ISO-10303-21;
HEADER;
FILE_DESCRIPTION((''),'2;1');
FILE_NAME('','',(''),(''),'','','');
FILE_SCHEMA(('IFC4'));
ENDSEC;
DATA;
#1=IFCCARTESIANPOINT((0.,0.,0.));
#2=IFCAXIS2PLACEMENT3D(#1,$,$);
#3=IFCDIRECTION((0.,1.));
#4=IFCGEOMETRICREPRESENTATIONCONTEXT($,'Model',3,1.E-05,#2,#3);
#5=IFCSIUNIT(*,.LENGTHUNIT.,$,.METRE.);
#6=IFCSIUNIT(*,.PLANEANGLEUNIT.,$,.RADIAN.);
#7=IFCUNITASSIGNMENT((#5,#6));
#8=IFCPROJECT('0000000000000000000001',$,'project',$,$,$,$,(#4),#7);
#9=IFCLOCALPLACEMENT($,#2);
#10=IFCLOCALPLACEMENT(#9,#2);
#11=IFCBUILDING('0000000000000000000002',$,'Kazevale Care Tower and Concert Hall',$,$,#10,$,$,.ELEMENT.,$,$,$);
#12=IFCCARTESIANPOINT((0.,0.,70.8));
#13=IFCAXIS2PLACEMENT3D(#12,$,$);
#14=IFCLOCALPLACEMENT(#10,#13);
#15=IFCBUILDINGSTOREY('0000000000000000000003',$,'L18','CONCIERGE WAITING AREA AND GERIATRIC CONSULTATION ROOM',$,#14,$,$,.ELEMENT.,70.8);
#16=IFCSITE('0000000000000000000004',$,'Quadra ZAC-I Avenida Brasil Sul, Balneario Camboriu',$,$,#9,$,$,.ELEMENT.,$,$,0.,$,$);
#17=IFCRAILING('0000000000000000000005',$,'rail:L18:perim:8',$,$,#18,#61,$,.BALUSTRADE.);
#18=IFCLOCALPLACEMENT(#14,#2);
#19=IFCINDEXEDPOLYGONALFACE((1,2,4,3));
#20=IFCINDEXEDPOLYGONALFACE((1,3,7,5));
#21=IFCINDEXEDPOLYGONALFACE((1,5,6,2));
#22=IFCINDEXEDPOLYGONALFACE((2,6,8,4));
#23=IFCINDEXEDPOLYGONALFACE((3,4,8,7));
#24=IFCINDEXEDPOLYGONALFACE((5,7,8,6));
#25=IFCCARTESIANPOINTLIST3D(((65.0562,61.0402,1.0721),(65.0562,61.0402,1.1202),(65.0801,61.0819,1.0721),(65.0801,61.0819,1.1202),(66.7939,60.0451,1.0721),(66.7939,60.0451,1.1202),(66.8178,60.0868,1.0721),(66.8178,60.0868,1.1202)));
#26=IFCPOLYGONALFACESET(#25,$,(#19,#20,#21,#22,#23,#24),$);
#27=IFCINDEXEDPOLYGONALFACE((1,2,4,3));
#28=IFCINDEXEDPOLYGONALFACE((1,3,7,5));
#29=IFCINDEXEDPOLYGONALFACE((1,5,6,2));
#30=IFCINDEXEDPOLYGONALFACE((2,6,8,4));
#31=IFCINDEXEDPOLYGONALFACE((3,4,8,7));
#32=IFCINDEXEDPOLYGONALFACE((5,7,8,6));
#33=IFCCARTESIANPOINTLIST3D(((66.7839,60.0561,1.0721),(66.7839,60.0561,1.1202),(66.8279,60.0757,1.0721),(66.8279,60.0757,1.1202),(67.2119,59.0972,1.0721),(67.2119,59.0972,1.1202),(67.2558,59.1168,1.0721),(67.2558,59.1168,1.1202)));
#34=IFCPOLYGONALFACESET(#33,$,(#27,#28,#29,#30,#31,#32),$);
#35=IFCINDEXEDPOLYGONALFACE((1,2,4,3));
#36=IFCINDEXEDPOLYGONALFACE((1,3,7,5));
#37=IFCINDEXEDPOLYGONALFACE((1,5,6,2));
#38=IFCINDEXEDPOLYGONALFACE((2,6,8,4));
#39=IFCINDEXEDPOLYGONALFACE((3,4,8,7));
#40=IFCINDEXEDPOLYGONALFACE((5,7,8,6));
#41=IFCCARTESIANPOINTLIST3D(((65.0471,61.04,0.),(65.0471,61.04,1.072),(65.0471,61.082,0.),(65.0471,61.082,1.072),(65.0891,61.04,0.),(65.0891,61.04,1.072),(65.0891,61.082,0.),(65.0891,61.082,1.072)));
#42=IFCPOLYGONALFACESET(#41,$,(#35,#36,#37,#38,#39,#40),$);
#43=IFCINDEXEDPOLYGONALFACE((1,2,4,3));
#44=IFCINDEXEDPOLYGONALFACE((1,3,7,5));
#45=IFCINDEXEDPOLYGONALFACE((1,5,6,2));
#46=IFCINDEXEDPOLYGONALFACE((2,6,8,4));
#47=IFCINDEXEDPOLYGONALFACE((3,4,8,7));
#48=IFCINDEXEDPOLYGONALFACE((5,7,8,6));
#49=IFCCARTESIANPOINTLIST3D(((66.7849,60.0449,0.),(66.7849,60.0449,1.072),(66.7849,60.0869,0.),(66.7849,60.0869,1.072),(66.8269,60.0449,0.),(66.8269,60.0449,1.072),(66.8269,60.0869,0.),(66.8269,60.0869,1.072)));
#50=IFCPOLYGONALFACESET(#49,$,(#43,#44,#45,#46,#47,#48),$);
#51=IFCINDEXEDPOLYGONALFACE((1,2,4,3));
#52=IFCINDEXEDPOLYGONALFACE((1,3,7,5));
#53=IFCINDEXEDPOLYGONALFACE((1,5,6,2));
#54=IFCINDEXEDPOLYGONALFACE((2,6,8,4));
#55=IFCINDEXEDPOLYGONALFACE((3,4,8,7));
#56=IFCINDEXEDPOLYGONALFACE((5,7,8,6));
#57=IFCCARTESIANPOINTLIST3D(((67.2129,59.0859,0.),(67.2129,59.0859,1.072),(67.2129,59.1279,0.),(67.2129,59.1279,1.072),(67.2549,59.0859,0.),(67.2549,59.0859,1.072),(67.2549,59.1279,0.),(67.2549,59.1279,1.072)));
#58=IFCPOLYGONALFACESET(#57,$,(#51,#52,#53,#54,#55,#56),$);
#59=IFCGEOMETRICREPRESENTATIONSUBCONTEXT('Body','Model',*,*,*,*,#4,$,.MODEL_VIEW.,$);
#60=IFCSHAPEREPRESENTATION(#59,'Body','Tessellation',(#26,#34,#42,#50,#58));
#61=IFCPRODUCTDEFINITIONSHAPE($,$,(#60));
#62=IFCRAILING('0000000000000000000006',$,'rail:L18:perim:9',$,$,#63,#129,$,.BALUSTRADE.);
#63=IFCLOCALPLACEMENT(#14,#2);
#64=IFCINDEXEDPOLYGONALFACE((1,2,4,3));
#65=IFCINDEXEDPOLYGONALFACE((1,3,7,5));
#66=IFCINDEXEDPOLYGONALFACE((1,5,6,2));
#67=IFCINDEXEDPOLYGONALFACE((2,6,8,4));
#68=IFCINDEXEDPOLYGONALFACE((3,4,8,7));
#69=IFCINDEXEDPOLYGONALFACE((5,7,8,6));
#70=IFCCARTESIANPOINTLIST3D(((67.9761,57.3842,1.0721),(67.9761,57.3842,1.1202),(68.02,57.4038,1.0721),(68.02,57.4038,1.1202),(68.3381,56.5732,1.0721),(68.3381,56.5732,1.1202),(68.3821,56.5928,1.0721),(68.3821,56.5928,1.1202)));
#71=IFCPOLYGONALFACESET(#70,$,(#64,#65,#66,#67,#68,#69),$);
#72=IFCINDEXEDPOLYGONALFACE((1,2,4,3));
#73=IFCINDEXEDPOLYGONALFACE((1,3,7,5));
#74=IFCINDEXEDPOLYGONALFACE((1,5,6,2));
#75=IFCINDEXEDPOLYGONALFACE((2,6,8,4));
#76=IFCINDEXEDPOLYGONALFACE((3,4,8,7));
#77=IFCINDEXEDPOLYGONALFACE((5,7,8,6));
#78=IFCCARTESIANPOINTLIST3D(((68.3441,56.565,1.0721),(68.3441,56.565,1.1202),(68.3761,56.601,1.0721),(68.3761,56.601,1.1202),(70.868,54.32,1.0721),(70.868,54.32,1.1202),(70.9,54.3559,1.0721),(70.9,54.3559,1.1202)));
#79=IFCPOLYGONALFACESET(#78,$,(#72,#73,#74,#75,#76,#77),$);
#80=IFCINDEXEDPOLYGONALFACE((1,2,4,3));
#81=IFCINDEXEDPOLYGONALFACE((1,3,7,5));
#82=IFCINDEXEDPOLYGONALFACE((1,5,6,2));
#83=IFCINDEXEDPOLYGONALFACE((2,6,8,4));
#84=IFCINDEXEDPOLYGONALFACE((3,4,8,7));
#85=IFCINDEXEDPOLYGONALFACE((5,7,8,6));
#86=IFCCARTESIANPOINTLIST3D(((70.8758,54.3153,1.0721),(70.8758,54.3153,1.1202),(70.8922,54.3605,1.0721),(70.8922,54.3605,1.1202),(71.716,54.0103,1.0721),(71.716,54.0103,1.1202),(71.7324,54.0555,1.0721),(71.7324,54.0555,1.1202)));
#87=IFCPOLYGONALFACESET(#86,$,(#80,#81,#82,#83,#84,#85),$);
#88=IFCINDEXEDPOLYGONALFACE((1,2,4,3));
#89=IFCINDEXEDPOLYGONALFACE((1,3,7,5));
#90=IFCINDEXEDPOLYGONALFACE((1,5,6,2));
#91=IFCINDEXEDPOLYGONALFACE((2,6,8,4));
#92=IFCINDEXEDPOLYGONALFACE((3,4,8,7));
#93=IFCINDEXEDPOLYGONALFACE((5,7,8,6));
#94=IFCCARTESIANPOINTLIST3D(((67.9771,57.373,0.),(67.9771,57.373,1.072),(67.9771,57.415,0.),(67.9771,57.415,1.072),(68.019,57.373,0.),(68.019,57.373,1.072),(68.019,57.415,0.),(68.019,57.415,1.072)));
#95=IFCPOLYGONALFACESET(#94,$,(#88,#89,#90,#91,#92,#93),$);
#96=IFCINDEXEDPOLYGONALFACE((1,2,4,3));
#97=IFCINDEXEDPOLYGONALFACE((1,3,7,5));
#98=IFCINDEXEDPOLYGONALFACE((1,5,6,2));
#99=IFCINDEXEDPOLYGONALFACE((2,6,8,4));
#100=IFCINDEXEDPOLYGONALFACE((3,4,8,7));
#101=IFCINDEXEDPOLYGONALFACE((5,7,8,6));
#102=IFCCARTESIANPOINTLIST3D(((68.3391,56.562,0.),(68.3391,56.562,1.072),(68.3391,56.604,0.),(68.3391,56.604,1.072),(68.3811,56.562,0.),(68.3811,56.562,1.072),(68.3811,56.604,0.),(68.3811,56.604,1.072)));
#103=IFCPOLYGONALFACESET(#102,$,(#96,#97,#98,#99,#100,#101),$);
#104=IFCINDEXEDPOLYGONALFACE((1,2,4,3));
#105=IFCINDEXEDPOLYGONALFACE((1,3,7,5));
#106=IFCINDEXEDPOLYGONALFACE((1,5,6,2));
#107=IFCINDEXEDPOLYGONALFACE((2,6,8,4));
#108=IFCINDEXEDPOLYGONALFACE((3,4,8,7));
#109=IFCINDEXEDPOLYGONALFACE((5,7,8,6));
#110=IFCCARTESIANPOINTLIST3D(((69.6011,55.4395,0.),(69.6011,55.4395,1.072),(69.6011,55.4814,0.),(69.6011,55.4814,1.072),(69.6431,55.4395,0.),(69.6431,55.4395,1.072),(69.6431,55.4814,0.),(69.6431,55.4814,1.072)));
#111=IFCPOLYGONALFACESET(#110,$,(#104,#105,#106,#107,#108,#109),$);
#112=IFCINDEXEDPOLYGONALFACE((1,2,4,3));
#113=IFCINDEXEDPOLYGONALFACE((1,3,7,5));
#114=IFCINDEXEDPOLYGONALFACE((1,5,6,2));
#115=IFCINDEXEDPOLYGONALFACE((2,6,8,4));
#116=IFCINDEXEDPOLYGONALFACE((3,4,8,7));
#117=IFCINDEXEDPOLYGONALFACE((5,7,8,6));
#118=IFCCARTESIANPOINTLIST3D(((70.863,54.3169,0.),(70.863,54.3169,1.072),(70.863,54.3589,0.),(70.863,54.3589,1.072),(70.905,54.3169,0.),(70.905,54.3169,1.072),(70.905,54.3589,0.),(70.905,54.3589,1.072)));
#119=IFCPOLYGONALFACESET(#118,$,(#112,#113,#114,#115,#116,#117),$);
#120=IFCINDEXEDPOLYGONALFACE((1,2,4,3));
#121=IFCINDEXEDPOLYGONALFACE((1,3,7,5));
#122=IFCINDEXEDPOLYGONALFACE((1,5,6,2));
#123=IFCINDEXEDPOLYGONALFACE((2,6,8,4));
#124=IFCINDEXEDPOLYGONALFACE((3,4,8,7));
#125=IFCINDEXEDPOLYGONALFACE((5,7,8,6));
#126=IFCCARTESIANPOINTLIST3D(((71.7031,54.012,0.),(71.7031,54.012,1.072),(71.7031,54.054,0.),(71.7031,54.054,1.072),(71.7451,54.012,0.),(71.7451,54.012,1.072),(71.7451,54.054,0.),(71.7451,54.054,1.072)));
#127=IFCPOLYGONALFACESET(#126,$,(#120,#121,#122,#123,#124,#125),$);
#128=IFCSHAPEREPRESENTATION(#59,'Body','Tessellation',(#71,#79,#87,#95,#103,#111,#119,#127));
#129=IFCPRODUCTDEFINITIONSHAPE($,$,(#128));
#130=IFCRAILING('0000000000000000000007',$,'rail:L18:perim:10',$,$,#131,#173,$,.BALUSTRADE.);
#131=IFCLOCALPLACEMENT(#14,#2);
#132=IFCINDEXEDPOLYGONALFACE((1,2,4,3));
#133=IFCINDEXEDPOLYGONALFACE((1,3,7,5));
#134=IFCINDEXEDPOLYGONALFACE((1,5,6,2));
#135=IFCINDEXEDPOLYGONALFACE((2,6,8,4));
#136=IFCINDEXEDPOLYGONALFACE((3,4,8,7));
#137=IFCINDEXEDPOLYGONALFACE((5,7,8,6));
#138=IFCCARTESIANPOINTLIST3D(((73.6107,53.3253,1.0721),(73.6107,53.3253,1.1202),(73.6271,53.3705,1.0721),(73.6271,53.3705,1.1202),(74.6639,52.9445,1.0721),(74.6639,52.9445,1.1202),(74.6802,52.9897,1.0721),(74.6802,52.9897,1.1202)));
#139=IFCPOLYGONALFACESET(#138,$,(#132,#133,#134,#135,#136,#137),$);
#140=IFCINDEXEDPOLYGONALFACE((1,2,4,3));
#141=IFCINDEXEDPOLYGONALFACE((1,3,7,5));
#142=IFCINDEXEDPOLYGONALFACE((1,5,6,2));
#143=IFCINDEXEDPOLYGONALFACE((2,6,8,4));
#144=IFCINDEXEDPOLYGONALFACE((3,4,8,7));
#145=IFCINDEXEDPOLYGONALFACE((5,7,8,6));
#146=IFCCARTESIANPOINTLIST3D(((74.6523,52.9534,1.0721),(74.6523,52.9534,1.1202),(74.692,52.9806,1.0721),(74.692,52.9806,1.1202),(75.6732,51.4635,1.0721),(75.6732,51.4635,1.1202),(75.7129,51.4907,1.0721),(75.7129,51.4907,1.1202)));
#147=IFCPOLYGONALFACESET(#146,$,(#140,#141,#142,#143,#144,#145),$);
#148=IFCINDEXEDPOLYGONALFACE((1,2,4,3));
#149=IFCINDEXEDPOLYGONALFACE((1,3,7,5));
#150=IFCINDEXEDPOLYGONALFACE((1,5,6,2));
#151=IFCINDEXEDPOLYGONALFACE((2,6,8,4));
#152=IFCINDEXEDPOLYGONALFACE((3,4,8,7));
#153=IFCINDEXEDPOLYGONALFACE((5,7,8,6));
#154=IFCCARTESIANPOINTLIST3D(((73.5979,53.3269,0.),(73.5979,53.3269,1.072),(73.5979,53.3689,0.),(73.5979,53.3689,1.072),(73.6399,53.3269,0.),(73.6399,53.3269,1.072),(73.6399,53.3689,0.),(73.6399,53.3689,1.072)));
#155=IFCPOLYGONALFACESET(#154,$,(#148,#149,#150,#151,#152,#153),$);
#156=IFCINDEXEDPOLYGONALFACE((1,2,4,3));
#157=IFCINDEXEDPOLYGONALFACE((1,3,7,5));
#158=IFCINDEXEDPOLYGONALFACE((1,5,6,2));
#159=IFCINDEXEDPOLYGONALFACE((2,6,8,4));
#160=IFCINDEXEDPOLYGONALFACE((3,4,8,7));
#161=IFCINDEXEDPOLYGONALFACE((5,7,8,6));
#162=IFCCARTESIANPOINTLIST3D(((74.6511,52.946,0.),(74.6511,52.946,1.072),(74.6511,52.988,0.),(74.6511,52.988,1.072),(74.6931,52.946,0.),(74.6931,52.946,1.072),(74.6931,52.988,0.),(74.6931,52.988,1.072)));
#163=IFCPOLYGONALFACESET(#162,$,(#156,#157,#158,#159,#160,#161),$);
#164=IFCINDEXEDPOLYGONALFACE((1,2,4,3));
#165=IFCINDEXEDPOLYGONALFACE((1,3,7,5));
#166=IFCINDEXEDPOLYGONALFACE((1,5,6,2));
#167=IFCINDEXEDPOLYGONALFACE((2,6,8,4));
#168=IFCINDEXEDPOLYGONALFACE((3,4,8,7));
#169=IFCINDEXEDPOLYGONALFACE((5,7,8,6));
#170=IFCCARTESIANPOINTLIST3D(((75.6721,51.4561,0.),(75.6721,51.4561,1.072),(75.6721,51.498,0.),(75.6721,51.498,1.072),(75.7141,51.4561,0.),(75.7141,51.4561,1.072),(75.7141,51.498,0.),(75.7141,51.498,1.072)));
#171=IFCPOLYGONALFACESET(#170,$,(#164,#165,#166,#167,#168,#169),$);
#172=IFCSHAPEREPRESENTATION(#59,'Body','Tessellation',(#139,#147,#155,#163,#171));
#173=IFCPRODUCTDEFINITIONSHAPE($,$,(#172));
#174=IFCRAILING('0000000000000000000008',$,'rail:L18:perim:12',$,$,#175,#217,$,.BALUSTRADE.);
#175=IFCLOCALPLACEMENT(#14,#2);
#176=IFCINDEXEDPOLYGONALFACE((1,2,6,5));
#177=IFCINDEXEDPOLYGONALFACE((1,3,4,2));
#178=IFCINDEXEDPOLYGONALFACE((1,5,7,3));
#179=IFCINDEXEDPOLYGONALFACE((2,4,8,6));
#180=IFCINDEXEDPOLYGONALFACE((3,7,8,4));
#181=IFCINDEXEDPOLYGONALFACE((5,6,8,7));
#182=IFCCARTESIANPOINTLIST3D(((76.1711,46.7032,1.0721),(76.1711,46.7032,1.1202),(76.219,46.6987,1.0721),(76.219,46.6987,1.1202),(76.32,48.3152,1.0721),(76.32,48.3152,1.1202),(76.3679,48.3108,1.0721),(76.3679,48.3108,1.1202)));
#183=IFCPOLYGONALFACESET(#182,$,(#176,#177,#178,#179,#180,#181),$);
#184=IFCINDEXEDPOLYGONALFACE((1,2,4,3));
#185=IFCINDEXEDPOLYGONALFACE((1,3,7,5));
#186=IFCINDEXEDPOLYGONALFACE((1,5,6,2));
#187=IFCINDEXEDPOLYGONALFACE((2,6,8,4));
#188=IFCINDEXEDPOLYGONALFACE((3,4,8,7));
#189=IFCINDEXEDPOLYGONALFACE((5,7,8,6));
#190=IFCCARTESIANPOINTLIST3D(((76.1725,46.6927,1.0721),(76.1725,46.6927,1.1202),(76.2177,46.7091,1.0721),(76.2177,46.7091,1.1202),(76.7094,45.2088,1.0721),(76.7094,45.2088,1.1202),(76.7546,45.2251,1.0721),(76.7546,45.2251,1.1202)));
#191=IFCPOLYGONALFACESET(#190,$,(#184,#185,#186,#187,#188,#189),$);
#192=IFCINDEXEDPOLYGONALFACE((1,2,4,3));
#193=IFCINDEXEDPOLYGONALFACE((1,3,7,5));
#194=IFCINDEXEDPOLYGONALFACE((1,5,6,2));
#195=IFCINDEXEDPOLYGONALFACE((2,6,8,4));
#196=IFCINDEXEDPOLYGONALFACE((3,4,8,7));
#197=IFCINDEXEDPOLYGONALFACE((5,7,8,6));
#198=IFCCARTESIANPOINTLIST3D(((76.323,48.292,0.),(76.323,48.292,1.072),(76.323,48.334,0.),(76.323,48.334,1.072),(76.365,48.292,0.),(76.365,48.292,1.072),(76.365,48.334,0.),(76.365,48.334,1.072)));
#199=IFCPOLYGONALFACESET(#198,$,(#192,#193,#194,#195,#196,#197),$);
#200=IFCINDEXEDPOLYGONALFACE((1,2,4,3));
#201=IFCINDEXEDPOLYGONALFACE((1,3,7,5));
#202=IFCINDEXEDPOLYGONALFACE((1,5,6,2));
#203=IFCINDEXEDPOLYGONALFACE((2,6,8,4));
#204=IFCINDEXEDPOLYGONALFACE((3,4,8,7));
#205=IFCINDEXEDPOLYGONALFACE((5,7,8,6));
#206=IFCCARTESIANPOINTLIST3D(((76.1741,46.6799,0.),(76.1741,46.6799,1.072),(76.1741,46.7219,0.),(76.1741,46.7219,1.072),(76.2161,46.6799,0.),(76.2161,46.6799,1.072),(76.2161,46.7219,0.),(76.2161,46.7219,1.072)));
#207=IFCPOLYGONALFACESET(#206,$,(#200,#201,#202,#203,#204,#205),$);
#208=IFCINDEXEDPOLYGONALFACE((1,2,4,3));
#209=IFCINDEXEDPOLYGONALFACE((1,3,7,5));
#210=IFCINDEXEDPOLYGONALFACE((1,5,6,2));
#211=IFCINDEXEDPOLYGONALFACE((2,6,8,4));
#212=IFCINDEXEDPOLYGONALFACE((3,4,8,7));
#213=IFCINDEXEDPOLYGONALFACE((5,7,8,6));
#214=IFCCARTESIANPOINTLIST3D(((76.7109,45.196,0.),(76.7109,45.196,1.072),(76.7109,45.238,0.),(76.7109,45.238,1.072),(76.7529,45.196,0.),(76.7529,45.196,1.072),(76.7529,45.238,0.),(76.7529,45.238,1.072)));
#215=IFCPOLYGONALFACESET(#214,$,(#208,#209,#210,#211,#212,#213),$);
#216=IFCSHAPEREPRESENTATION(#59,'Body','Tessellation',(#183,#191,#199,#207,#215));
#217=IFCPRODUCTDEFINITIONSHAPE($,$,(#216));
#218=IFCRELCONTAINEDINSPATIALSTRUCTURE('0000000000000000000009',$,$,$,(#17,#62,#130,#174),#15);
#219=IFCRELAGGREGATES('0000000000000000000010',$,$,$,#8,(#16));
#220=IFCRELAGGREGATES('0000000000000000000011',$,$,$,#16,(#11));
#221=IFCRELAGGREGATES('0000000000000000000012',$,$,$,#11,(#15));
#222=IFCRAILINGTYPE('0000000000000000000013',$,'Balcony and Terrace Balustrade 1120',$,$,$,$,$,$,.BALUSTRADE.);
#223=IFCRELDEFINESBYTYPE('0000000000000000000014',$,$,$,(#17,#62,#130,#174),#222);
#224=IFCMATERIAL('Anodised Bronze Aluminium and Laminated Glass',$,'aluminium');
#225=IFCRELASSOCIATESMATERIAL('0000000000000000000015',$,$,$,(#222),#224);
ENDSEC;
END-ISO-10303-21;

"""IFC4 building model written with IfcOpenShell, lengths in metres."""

from ifc_helpers import new_model, si_unit, direction, frame, origin, origin_2d, place, context, subcontext, project, spatial, rectangle, extrude, material, type_object, element, save


model = new_model("IFC4")

# Units and contexts
model_context = context("Model", 3, precision=1e-05, world=origin(), true_north=direction((0.0, 1.0)))
body_context = subcontext(model_context, "Body", "Model", "MODEL_VIEW")
ifc_project = project(units=[si_unit("LENGTHUNIT", "METRE"), si_unit("PLANEANGLEUNIT", "RADIAN")], contexts=[model_context])

# Site, building, storey
site_placement = place(None, origin())
site = spatial("IfcSite", under=ifc_project, at=site_placement, Name="Quadra ZAC-I Avenida Brasil Sul, Balneario Camboriu", CompositionType="ELEMENT", RefElevation=0.0)
building_placement = place(site_placement, origin())
building = spatial("IfcBuilding", under=site, at=building_placement, Name="Kazevale Care Tower and Concert Hall", CompositionType="ELEMENT")
storey_placement = place(building_placement, frame((0.0, 0.0, 70.8)))
storey = spatial("IfcBuildingStorey", under=building, at=storey_placement, Name="L18", Description="CONCIERGE WAITING AREA AND GERIATRIC CONSULTATION ROOM", CompositionType="ELEMENT", Elevation=70.8)

# Railings
ifc_material_1 = material(Name="Anodised Bronze Aluminium and Laminated Glass", Category="aluminium")
railing_type = type_object("IfcRailingType", Name="Balcony and Terrace Balustrade 1120", PredefinedType="BALUSTRADE", material=ifc_material_1)
railing_1_placement = place(storey_placement, frame((65.0681, 61.061, 0.0)))
element("IfcRailing", 1, at=railing_1_placement, inside=storey, type_object=railing_type, Name="rail:L18:perim:8", PredefinedType="BALUSTRADE", context=body_context, shape_type="SweptSolid", body=[
    extrude(rectangle(XDim=0.0481, YDim=0.0481, at=origin_2d()), frame((0.0, 0.0, 1.0962), z_axis=(0.867793, -0.496926, 0.0), x_axis=(0.496926, 0.867793, 0.0)), (0.0, 0.0, 1.0), 2.0024),
    extrude(rectangle(XDim=0.0481, YDim=0.0481, at=origin_2d()), frame((1.7378, -0.9951, 1.0962), z_axis=(0.40754, -0.913187, 0.0), x_axis=(0.913187, 0.40754, 0.0)), (0.0, 0.0, 1.0), 1.05),
    extrude(rectangle(XDim=0.042, YDim=0.042, at=origin_2d()), origin(), (0.0, 0.0, 1.0), 1.072),
    extrude(rectangle(XDim=0.042, YDim=0.042, at=origin_2d()), frame((1.7378, -0.9951, 0.0)), (0.0, 0.0, 1.0), 1.072),
    extrude(rectangle(XDim=0.042, YDim=0.042, at=origin_2d()), frame((2.1658, -1.9541, 0.0)), (0.0, 0.0, 1.0), 1.072),
])
railing_2_placement = place(storey_placement, frame((67.998, 57.394, 0.0)))
element("IfcRailing", 2, at=railing_2_placement, inside=storey, type_object=railing_type, Name="rail:L18:perim:9", PredefinedType="BALUSTRADE", context=body_context, shape_type="SweptSolid", body=[
    extrude(rectangle(XDim=0.0481, YDim=0.0481, at=origin_2d()), frame((0.0, 0.0, 1.0962), z_axis=(0.407643, -0.913142, 0.0), x_axis=(0.913142, 0.407643, 0.0)), (0.0, 0.0, 1.0), 0.8882),
    extrude(rectangle(XDim=0.0481, YDim=0.0481, at=origin_2d()), frame((0.3621, -0.811, 1.0962), z_axis=(0.74717, -0.664633, 0.0), x_axis=(0.664633, 0.74717, 0.0)), (0.0, 0.0, 1.0), 3.3779),
    extrude(rectangle(XDim=0.0481, YDim=0.0481, at=origin_2d()), frame((2.886, -3.0562, 1.0962), z_axis=(0.939993, -0.341195, 0.0), x_axis=(0.341195, 0.939993, 0.0)), (0.0, 0.0, 1.0), 0.8938),
    extrude(rectangle(XDim=0.042, YDim=0.042, at=origin_2d()), origin(), (0.0, 0.0, 1.0), 1.072),
    extrude(rectangle(XDim=0.042, YDim=0.042, at=origin_2d()), frame((0.3621, -0.811, 0.0)), (0.0, 0.0, 1.0), 1.072),
    extrude(rectangle(XDim=0.042, YDim=0.042, at=origin_2d()), frame((1.624, -1.9336, 0.0)), (0.0, 0.0, 1.0), 1.072),
    extrude(rectangle(XDim=0.042, YDim=0.042, at=origin_2d()), frame((2.886, -3.0562, 0.0)), (0.0, 0.0, 1.0), 1.072),
    extrude(rectangle(XDim=0.042, YDim=0.042, at=origin_2d()), frame((3.7261, -3.3611, 0.0)), (0.0, 0.0, 1.0), 1.072),
])
railing_3_placement = place(storey_placement, frame((73.6189, 53.3479, 0.0)))
element("IfcRailing", 3, at=railing_3_placement, inside=storey, type_object=railing_type, Name="rail:L18:perim:10", PredefinedType="BALUSTRADE", context=body_context, shape_type="SweptSolid", body=[
    extrude(rectangle(XDim=0.0481, YDim=0.0481, at=origin_2d()), frame((0.0, 0.0, 1.0962), z_axis=(0.940403, -0.340062, 0.0), x_axis=(0.340062, 0.940403, 0.0)), (0.0, 0.0, 1.0), 1.1199),
    extrude(rectangle(XDim=0.0481, YDim=0.0481, at=origin_2d()), frame((1.0532, -0.3809, 1.0962), z_axis=(0.56526, -0.824913, 0.0), x_axis=(0.824913, 0.56526, 0.0)), (0.0, 0.0, 1.0), 1.8062),
    extrude(rectangle(XDim=0.042, YDim=0.042, at=origin_2d()), origin(), (0.0, 0.0, 1.0), 1.072),
    extrude(rectangle(XDim=0.042, YDim=0.042, at=origin_2d()), frame((1.0532, -0.3809, 0.0)), (0.0, 0.0, 1.0), 1.072),
    extrude(rectangle(XDim=0.042, YDim=0.042, at=origin_2d()), frame((2.0742, -1.8708, 0.0)), (0.0, 0.0, 1.0), 1.072),
])
railing_4_placement = place(storey_placement, frame((76.344, 48.313, 0.0)))
element("IfcRailing", 4, at=railing_4_placement, inside=storey, type_object=railing_type, Name="rail:L18:perim:12", PredefinedType="BALUSTRADE", context=body_context, shape_type="SweptSolid", body=[
    extrude(rectangle(XDim=0.0481, YDim=0.0481, at=origin_2d()), frame((0.0, 0.0, 1.0962), z_axis=(-0.091991, -0.99576, 0.0), x_axis=(0.99576, -0.091991, 0.0)), (0.0, 0.0, 1.0), 1.6189),
    extrude(rectangle(XDim=0.0481, YDim=0.0481, at=origin_2d()), frame((-0.1489, -1.6121, 1.0962), z_axis=(0.340215, -0.940348, 0.0), x_axis=(0.940348, 0.340215, 0.0)), (0.0, 0.0, 1.0), 1.5781),
    extrude(rectangle(XDim=0.042, YDim=0.042, at=origin_2d()), origin(), (0.0, 0.0, 1.0), 1.072),
    extrude(rectangle(XDim=0.042, YDim=0.042, at=origin_2d()), frame((-0.1489, -1.6121, 0.0)), (0.0, 0.0, 1.0), 1.072),
    extrude(rectangle(XDim=0.042, YDim=0.042, at=origin_2d()), frame((0.3879, -3.0959, 0.0)), (0.0, 0.0, 1.0), 1.072),
])

save(model, "model.ifc")
